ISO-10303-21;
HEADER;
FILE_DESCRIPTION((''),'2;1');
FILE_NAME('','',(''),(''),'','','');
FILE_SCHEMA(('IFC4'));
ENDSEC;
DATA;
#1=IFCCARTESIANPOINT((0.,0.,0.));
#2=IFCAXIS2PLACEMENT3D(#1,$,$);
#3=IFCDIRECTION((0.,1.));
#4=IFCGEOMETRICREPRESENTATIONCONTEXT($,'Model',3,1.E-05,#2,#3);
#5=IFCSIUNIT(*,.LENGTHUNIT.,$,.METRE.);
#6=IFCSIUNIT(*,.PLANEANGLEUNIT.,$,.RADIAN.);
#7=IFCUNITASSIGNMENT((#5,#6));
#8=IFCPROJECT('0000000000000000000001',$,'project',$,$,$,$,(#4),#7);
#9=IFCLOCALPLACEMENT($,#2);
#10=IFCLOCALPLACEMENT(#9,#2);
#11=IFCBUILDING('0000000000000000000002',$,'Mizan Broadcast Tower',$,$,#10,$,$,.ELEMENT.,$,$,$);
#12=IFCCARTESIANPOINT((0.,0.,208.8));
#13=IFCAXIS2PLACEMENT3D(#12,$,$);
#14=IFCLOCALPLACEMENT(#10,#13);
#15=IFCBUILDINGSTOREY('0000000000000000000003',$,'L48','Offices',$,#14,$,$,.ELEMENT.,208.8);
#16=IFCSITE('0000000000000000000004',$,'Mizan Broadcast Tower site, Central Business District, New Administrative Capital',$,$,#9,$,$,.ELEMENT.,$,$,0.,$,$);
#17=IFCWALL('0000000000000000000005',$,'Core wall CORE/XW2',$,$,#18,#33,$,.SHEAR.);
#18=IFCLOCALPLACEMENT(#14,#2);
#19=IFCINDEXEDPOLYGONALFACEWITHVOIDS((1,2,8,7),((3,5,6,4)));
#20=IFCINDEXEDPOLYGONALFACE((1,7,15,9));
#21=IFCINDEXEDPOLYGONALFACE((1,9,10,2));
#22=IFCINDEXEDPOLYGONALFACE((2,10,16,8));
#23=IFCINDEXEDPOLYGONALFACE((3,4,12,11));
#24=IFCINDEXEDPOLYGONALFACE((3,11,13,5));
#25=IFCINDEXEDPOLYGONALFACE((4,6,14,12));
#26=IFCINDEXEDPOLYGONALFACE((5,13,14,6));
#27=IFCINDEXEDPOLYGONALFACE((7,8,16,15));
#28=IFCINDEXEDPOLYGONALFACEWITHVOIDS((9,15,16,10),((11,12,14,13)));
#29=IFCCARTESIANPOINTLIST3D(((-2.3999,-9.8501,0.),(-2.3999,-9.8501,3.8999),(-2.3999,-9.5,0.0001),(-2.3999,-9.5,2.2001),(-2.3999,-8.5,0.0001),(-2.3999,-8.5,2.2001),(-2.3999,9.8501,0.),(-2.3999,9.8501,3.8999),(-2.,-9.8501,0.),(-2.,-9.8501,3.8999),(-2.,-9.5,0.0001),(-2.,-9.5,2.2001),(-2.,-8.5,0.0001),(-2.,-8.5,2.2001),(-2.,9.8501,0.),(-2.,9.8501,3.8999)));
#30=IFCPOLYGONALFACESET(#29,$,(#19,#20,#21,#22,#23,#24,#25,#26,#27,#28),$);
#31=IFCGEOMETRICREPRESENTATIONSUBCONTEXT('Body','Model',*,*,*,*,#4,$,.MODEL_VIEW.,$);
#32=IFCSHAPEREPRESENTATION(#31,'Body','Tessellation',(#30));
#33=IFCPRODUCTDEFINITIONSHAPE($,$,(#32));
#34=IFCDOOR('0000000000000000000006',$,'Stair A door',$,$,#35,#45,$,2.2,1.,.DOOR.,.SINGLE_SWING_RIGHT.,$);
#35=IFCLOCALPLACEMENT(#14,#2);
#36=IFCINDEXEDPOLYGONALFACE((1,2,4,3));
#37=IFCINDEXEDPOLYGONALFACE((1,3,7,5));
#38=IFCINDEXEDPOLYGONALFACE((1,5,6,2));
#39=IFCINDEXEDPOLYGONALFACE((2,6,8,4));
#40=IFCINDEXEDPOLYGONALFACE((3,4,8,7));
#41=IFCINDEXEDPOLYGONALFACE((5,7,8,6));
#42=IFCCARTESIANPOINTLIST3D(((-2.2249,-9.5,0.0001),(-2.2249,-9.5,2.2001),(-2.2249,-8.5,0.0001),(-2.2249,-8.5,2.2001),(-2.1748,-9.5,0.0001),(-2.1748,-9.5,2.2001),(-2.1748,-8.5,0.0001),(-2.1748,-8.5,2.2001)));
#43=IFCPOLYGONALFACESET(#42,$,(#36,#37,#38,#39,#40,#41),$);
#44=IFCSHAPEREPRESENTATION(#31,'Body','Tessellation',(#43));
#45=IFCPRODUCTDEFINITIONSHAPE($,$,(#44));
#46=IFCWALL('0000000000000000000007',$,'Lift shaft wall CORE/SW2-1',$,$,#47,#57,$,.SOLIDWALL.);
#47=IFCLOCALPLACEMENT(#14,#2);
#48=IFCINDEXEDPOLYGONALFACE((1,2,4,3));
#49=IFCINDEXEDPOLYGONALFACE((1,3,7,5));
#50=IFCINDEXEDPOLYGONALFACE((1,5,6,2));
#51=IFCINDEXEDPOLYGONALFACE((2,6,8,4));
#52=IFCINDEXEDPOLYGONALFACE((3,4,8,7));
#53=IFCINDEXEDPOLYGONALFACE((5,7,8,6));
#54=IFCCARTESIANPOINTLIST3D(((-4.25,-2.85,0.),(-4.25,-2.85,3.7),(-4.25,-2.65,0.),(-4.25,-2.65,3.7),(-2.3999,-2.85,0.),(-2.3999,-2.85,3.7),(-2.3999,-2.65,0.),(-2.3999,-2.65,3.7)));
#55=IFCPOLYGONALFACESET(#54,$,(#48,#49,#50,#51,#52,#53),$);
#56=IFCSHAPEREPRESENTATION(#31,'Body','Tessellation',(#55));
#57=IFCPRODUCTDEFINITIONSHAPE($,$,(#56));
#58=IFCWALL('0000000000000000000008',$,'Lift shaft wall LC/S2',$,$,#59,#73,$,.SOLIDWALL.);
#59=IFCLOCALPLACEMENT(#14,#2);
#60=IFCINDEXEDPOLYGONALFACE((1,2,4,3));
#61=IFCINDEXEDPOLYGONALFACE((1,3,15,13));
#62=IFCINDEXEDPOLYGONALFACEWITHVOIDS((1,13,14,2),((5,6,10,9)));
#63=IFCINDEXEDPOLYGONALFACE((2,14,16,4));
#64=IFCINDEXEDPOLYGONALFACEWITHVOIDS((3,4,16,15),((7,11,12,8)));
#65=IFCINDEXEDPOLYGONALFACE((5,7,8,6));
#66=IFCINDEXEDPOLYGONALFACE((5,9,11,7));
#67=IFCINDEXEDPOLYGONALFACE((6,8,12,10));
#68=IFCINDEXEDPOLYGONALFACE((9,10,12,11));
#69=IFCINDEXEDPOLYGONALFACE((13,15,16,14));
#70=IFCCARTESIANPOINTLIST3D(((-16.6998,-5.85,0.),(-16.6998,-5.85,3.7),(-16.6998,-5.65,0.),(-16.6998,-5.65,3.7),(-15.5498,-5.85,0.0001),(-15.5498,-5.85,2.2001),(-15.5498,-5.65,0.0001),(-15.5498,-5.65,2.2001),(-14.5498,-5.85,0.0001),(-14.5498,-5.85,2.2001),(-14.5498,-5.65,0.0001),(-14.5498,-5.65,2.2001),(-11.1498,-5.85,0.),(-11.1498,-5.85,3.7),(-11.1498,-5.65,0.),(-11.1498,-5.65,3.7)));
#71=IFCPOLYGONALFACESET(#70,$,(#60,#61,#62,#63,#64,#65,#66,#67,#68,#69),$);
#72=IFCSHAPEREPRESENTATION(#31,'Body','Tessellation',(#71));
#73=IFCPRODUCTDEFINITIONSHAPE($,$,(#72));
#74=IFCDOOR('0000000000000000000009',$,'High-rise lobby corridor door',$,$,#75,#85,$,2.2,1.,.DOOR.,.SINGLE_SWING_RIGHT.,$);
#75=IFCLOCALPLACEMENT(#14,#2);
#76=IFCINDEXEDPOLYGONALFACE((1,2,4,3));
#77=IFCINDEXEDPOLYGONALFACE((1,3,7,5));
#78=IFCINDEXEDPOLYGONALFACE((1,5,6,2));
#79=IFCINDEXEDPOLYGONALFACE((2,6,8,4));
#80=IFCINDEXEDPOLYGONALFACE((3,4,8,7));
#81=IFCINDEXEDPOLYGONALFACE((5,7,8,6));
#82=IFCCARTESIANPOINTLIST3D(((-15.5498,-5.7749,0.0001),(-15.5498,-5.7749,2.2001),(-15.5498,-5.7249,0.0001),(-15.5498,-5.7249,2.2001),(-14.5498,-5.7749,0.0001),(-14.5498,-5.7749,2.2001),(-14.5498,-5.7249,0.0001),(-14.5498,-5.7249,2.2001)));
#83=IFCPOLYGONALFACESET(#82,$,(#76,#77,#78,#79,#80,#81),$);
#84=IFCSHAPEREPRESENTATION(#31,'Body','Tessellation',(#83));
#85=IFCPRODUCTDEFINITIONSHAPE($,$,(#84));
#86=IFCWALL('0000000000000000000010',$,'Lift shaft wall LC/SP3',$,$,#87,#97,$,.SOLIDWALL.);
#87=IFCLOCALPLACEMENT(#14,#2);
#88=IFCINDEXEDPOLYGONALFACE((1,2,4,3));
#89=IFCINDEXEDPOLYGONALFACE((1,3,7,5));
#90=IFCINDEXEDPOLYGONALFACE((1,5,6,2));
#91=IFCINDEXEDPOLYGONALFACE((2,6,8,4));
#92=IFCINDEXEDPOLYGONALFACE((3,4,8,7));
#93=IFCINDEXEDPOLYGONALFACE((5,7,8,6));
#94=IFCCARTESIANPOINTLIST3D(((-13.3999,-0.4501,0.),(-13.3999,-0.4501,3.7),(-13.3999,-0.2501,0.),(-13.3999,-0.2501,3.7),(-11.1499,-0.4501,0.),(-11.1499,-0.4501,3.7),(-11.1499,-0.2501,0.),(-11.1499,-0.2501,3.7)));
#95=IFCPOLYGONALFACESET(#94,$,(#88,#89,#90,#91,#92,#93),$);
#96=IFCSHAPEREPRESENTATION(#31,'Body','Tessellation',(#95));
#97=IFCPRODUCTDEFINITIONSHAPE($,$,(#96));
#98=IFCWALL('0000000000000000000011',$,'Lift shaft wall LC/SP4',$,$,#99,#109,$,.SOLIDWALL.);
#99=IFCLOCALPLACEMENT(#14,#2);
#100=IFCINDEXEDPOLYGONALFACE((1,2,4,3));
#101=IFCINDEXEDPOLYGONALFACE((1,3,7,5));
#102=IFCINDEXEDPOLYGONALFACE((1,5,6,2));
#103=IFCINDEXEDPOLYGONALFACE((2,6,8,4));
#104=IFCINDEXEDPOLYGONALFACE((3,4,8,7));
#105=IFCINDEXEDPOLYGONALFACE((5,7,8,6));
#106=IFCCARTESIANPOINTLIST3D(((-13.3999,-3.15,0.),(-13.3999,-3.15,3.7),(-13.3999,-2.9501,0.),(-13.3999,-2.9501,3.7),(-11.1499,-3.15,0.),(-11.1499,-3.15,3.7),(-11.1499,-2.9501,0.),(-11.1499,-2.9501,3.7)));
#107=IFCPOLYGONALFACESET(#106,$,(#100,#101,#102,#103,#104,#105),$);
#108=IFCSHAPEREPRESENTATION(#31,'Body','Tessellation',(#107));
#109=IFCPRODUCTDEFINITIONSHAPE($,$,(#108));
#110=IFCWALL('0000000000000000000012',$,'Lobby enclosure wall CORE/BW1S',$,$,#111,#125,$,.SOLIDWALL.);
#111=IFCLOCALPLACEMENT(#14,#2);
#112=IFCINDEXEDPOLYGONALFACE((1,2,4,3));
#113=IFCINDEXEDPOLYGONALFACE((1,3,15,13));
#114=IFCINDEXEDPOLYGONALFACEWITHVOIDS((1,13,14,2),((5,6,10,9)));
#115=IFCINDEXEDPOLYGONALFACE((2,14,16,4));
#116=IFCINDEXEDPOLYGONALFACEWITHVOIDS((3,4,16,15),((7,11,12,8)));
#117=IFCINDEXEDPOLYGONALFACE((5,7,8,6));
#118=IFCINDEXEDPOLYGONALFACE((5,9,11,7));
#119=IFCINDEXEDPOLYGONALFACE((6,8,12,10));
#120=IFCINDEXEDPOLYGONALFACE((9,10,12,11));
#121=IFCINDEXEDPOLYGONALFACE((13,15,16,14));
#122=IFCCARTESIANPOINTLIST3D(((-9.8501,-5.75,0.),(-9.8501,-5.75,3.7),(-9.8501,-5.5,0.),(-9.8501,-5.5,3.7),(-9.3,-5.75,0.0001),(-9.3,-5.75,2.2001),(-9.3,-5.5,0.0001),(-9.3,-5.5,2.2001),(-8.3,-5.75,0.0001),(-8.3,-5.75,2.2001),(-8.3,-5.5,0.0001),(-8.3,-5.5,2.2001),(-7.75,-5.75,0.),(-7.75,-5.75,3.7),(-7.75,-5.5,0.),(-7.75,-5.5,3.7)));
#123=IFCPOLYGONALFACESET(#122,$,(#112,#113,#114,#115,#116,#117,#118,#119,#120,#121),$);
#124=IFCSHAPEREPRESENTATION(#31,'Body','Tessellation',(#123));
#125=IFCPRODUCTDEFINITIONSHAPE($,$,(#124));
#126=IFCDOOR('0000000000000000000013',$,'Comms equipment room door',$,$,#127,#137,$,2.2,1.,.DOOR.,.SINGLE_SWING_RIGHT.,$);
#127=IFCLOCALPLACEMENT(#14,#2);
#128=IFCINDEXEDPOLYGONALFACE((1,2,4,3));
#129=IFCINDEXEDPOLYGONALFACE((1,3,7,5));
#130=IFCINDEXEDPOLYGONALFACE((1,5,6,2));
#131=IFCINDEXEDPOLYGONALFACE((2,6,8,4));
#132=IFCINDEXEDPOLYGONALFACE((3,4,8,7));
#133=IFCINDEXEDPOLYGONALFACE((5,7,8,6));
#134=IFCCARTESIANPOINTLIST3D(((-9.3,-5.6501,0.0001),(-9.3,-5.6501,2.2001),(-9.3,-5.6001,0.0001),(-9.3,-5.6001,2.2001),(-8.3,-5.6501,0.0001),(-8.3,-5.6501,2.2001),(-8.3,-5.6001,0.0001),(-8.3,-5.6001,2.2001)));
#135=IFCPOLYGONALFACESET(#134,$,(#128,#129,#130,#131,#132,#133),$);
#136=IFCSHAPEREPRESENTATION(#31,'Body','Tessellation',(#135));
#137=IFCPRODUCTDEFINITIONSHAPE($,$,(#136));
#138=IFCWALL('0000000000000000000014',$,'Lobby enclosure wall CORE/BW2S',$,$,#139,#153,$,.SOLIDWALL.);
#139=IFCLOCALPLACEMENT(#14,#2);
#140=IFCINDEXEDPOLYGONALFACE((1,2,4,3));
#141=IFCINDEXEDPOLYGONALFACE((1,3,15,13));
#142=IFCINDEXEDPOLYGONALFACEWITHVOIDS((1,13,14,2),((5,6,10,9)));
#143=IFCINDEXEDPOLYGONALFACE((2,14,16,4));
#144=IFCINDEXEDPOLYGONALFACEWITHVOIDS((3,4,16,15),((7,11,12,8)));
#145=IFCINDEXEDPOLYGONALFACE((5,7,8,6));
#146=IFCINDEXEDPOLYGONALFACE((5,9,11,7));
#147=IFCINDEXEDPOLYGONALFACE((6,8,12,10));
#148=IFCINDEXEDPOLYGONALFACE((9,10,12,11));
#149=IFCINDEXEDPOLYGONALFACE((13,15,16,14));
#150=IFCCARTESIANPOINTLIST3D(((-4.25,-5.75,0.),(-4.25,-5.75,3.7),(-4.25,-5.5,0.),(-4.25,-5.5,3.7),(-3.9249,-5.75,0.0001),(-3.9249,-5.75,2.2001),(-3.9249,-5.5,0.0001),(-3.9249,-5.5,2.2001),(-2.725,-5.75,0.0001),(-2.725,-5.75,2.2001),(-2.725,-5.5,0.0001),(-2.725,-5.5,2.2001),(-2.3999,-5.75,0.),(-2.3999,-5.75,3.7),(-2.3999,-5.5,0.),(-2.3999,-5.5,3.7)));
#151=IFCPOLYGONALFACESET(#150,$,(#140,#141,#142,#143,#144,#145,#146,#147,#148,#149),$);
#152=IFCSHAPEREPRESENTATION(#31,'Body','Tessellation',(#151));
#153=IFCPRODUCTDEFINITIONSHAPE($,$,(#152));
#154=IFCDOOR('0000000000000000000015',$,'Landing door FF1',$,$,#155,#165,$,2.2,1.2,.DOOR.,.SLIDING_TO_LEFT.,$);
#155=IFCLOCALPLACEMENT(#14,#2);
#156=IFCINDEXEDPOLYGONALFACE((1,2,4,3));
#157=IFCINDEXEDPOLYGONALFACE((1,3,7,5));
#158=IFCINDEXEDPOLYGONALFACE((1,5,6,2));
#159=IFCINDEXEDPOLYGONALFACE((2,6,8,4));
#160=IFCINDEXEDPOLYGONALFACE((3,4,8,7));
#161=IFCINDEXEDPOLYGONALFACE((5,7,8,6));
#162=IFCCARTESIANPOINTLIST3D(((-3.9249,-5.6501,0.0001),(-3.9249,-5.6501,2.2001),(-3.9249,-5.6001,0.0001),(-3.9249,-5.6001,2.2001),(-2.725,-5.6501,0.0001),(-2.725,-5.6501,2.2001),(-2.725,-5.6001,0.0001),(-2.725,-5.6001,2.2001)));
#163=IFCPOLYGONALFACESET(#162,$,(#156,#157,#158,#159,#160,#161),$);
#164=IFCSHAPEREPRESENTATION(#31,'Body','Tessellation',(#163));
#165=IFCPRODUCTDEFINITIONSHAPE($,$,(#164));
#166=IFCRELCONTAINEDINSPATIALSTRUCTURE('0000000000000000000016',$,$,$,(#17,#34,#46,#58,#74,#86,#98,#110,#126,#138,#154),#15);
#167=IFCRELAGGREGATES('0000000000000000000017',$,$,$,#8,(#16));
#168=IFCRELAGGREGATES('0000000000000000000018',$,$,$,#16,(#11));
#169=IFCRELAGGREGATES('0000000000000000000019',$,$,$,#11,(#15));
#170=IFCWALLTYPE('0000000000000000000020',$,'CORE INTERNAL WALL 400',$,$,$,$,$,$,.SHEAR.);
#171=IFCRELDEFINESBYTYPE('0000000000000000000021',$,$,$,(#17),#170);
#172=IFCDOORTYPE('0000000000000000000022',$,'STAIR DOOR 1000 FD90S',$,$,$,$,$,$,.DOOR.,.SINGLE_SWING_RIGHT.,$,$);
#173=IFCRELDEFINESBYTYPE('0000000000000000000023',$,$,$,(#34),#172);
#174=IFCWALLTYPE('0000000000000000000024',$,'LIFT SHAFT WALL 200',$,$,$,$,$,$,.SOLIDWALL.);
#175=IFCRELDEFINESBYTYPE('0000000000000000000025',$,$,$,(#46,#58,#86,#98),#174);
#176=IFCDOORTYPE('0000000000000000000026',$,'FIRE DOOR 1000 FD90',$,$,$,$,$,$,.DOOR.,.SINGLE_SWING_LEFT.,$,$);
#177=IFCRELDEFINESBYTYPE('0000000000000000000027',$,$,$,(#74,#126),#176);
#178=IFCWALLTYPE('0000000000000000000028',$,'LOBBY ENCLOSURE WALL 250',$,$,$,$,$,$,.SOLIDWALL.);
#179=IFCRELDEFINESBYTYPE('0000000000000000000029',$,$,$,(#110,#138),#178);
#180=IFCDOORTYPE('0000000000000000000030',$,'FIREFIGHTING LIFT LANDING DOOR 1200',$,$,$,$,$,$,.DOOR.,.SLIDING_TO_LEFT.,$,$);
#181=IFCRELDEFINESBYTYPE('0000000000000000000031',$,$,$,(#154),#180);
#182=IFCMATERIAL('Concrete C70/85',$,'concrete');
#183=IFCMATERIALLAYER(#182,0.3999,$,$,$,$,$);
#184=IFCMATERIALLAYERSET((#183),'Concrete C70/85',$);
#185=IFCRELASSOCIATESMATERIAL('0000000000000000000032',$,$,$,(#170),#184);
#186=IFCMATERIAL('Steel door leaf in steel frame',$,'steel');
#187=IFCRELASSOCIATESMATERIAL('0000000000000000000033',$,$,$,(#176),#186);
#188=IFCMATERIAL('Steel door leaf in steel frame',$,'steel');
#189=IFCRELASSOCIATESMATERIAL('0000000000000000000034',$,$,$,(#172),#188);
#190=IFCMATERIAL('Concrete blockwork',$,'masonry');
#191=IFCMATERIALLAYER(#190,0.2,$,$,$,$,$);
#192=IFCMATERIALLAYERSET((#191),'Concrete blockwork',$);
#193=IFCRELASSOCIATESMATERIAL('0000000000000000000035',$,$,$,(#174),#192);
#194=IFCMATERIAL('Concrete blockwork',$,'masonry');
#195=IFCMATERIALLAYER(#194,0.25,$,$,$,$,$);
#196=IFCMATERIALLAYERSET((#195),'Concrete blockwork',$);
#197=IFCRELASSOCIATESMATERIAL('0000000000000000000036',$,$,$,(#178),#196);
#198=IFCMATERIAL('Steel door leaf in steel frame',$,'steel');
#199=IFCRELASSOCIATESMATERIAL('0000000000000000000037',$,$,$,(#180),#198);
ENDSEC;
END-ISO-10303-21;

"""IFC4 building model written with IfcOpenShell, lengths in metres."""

from ifc_helpers import new_model, si_unit, direction, frame, frame_2d, origin, place, context, subcontext, project, spatial, rectangle, extrude, material, layer, layer_set, type_object, element, fill, save


model = new_model("IFC4")

# Units and contexts
model_context = context("Model", 3, precision=1e-05, world=origin(), true_north=direction((0.0, 1.0)))
body_context = subcontext(model_context, "Body", "Model", "MODEL_VIEW")
ifc_project = project(units=[si_unit("LENGTHUNIT", "METRE"), si_unit("PLANEANGLEUNIT", "RADIAN")], contexts=[model_context])

# Site, building, storey
site_placement = place(None, origin())
site = spatial("IfcSite", under=ifc_project, at=site_placement, Name="Mizan Broadcast Tower site, Central Business District, New Administrative Capital", CompositionType="ELEMENT", RefElevation=0.0)
building_placement = place(site_placement, origin())
building = spatial("IfcBuilding", under=site, at=building_placement, Name="Mizan Broadcast Tower", CompositionType="ELEMENT")
storey_placement = place(building_placement, frame((0.0, 0.0, 208.8)))
storey = spatial("IfcBuildingStorey", under=building, at=storey_placement, Name="L48", Description="Offices", CompositionType="ELEMENT", Elevation=208.8)

# Shared definitions
ifc_material_1 = material(Name="Concrete C70/85", Category="concrete")
ifc_layer_1 = layer(ifc_material_1, 0.3999)
ifc_layer_set_1 = layer_set([ifc_layer_1], Name="Concrete C70/85")
wall_type_1 = type_object("IfcWallType", Name="CORE INTERNAL WALL 400", PredefinedType="SHEAR", material=ifc_layer_set_1)
ifc_material_2 = material(Name="Steel door leaf in steel frame", Category="steel")
door_type_1 = type_object("IfcDoorType", Name="FIRE DOOR 1000 FD90", OperationType="SINGLE_SWING_LEFT", PredefinedType="DOOR", material=ifc_material_2)

# Wall, opening, door
wall_1_placement = place(storey_placement, frame((-2.2, -9.8501, 0.0), z_axis=(0.0, 0.0, 1.0), x_axis=(0.0, 1.0, 0.0)))
wall_1 = element("IfcWall", 1, at=wall_1_placement, inside=storey, type_object=wall_type_1, Name="Core wall CORE/XW2", PredefinedType="SHEAR", context=body_context, shape_type="SweptSolid", body=[
    extrude(rectangle(XDim=19.7002, YDim=0.3999, at=frame_2d((9.8501, 0.0))), origin(), (0.0, 0.0, 1.0), 3.8999),
])
opening_1_placement = place(wall_1_placement, frame((0.3501, 0.0, 0.0)))
opening_1 = element("IfcOpeningElement", 2, at=opening_1_placement, cuts=wall_1, PredefinedType="OPENING", context=body_context, shape_type="SweptSolid", body=[
    extrude(rectangle(XDim=1.0, YDim=2.2, at=frame_2d((0.5, 1.1001))), frame((0.0, 0.21, 0.0), z_axis=(0.0, -1.0, 0.0), x_axis=(1.0, 0.0, 0.0)), (0.0, 0.0, 1.0), 0.4199),
])
ifc_material_3 = material(Name="Steel door leaf in steel frame", Category="steel")
door_type_2 = type_object("IfcDoorType", Name="STAIR DOOR 1000 FD90S", OperationType="SINGLE_SWING_RIGHT", PredefinedType="DOOR", material=ifc_material_3)
door_1_placement = place(opening_1_placement, origin())
door_1 = element("IfcDoor", 3, at=door_1_placement, inside=storey, type_object=door_type_2, Name="Stair A door", OperationType="SINGLE_SWING_RIGHT", OverallHeight=2.2, OverallWidth=1.0, PredefinedType="DOOR", context=body_context, shape_type="SweptSolid", body=[
    extrude(rectangle(XDim=1.0, YDim=2.2, at=frame_2d((0.5, 1.1001))), frame((0.0, 0.0249, 0.0), z_axis=(0.0, -1.0, 0.0), x_axis=(1.0, 0.0, 0.0)), (0.0, 0.0, 1.0), 0.05),
])
fill(opening_1, door_1)

# Wall
ifc_material_4 = material(Name="Concrete blockwork", Category="masonry")
ifc_layer_2 = layer(ifc_material_4, 0.2)
ifc_layer_set_2 = layer_set([ifc_layer_2], Name="Concrete blockwork")
wall_type_2 = type_object("IfcWallType", Name="LIFT SHAFT WALL 200", PredefinedType="SOLIDWALL", material=ifc_layer_set_2)
wall_2_placement = place(storey_placement, frame((-4.25, -2.75, 0.0), z_axis=(0.0, 0.0, 1.0), x_axis=(1.0, 0.0, 0.0)))
element("IfcWall", 4, at=wall_2_placement, inside=storey, type_object=wall_type_2, Name="Lift shaft wall CORE/SW2-1", PredefinedType="SOLIDWALL", context=body_context, shape_type="SweptSolid", body=[
    extrude(rectangle(XDim=1.8501, YDim=0.2, at=frame_2d((0.925, 0.0))), origin(), (0.0, 0.0, 1.0), 3.7),
])

# Wall, opening, door
wall_3_placement = place(storey_placement, frame((-11.1499, -5.75, 0.0), z_axis=(0.0, 0.0, 1.0), x_axis=(-1.0, 0.0, 0.0)))
wall_3 = element("IfcWall", 5, at=wall_3_placement, inside=storey, type_object=wall_type_2, Name="Lift shaft wall LC/S2", PredefinedType="SOLIDWALL", context=body_context, shape_type="SweptSolid", body=[
    extrude(rectangle(XDim=5.55, YDim=0.2, at=frame_2d((2.7749, 0.0))), origin(), (0.0, 0.0, 1.0), 3.7),
])
opening_2_placement = place(wall_3_placement, frame((3.3999, 0.0, 0.0)))
opening_2 = element("IfcOpeningElement", 6, at=opening_2_placement, cuts=wall_3, PredefinedType="OPENING", context=body_context, shape_type="SweptSolid", body=[
    extrude(rectangle(XDim=1.0, YDim=2.2, at=frame_2d((0.5, 1.1001))), frame((0.0, 0.1099, 0.0), z_axis=(0.0, -1.0, 0.0), x_axis=(1.0, 0.0, 0.0)), (0.0, 0.0, 1.0), 0.22),
])
door_2_placement = place(opening_2_placement, origin())
door_2 = element("IfcDoor", 7, at=door_2_placement, inside=storey, type_object=door_type_1, Name="High-rise lobby corridor door", OperationType="SINGLE_SWING_RIGHT", OverallHeight=2.2, OverallWidth=1.0, PredefinedType="DOOR", context=body_context, shape_type="SweptSolid", body=[
    extrude(rectangle(XDim=1.0, YDim=2.2, at=frame_2d((0.5, 1.1001))), frame((0.0, 0.0249, 0.0), z_axis=(0.0, -1.0, 0.0), x_axis=(1.0, 0.0, 0.0)), (0.0, 0.0, 1.0), 0.05),
])
fill(opening_2, door_2)

# Walls
for number, where, z_axis, x_axis, name in (
    (8, (-11.1499, -0.3501, 0.0), (0.0, 0.0, 1.0), (-1.0, 0.0, 0.0), "Lift shaft wall LC/SP3"),
    (9, (-11.1499, -3.05, 0.0), (0.0, 0.0, 1.0), (-1.0, 0.0, 0.0), "Lift shaft wall LC/SP4"),
):
    element("IfcWall", number, at=place(storey_placement, frame(where, z_axis=z_axis, x_axis=x_axis)), inside=storey, type_object=wall_type_2, Name=name, PredefinedType="SOLIDWALL", context=body_context, shape_type="SweptSolid", body=[
        extrude(rectangle(XDim=2.25, YDim=0.2, at=frame_2d((1.125, 0.0))), origin(), (0.0, 0.0, 1.0), 3.7),
    ])

# Walls, openings, doors
ifc_material_5 = material(Name="Concrete blockwork", Category="masonry")
ifc_layer_3 = layer(ifc_material_5, 0.25)
ifc_layer_set_3 = layer_set([ifc_layer_3], Name="Concrete blockwork")
wall_type_3 = type_object("IfcWallType", Name="LOBBY ENCLOSURE WALL 250", PredefinedType="SOLIDWALL", material=ifc_layer_set_3)
wall_4_placement = place(storey_placement, frame((-9.8501, -5.625, 0.0), z_axis=(0.0, 0.0, 1.0), x_axis=(1.0, 0.0, 0.0)))
wall_4 = element("IfcWall", 10, at=wall_4_placement, inside=storey, type_object=wall_type_3, Name="Lobby enclosure wall CORE/BW1S", PredefinedType="SOLIDWALL", context=body_context, shape_type="SweptSolid", body=[
    extrude(rectangle(XDim=2.1001, YDim=0.25, at=frame_2d((1.05, 0.0))), origin(), (0.0, 0.0, 1.0), 3.7),
])
opening_3_placement = place(wall_4_placement, frame((0.55, 0.0, 0.0)))
opening_3 = element("IfcOpeningElement", 11, at=opening_3_placement, cuts=wall_4, PredefinedType="OPENING", context=body_context, shape_type="SweptSolid", body=[
    extrude(rectangle(XDim=1.0, YDim=2.2, at=frame_2d((0.5, 1.1001))), frame((0.0, 0.135, 0.0), z_axis=(0.0, -1.0, 0.0), x_axis=(1.0, 0.0, 0.0)), (0.0, 0.0, 1.0), 0.27),
])
door_3_placement = place(opening_3_placement, origin())
door_3 = element("IfcDoor", 12, at=door_3_placement, inside=storey, type_object=door_type_1, Name="Comms equipment room door", OperationType="SINGLE_SWING_RIGHT", OverallHeight=2.2, OverallWidth=1.0, PredefinedType="DOOR", context=body_context, shape_type="SweptSolid", body=[
    extrude(rectangle(XDim=1.0, YDim=2.2, at=frame_2d((0.5, 1.1001))), frame((0.0, 0.0249, 0.0), z_axis=(0.0, -1.0, 0.0), x_axis=(1.0, 0.0, 0.0)), (0.0, 0.0, 1.0), 0.05),
])
fill(opening_3, door_3)
wall_5_placement = place(storey_placement, frame((-4.25, -5.625, 0.0), z_axis=(0.0, 0.0, 1.0), x_axis=(1.0, 0.0, 0.0)))
wall_5 = element("IfcWall", 13, at=wall_5_placement, inside=storey, type_object=wall_type_3, Name="Lobby enclosure wall CORE/BW2S", PredefinedType="SOLIDWALL", context=body_context, shape_type="SweptSolid", body=[
    extrude(rectangle(XDim=1.8501, YDim=0.25, at=frame_2d((0.925, 0.0))), origin(), (0.0, 0.0, 1.0), 3.7),
])
opening_4_placement = place(wall_5_placement, frame((0.325, 0.0, 0.0)))
opening_4 = element("IfcOpeningElement", 14, at=opening_4_placement, cuts=wall_5, PredefinedType="OPENING", context=body_context, shape_type="SweptSolid", body=[
    extrude(rectangle(XDim=1.2, YDim=2.2, at=frame_2d((0.6001, 1.1001))), frame((0.0, 0.135, 0.0), z_axis=(0.0, -1.0, 0.0), x_axis=(1.0, 0.0, 0.0)), (0.0, 0.0, 1.0), 0.27),
])
ifc_material_6 = material(Name="Steel door leaf in steel frame", Category="steel")
door_type_3 = type_object("IfcDoorType", Name="FIREFIGHTING LIFT LANDING DOOR 1200", OperationType="SLIDING_TO_LEFT", PredefinedType="DOOR", material=ifc_material_6)
door_4_placement = place(opening_4_placement, origin())
door_4 = element("IfcDoor", 15, at=door_4_placement, inside=storey, type_object=door_type_3, Name="Landing door FF1", OperationType="SLIDING_TO_LEFT", OverallHeight=2.2, OverallWidth=1.2, PredefinedType="DOOR", context=body_context, shape_type="SweptSolid", body=[
    extrude(rectangle(XDim=1.2, YDim=2.2, at=frame_2d((0.6001, 1.1001))), frame((0.0, 0.0249, 0.0), z_axis=(0.0, -1.0, 0.0), x_axis=(1.0, 0.0, 0.0)), (0.0, 0.0, 1.0), 0.05),
])
fill(opening_4, door_4)

save(model, "model.ifc")
